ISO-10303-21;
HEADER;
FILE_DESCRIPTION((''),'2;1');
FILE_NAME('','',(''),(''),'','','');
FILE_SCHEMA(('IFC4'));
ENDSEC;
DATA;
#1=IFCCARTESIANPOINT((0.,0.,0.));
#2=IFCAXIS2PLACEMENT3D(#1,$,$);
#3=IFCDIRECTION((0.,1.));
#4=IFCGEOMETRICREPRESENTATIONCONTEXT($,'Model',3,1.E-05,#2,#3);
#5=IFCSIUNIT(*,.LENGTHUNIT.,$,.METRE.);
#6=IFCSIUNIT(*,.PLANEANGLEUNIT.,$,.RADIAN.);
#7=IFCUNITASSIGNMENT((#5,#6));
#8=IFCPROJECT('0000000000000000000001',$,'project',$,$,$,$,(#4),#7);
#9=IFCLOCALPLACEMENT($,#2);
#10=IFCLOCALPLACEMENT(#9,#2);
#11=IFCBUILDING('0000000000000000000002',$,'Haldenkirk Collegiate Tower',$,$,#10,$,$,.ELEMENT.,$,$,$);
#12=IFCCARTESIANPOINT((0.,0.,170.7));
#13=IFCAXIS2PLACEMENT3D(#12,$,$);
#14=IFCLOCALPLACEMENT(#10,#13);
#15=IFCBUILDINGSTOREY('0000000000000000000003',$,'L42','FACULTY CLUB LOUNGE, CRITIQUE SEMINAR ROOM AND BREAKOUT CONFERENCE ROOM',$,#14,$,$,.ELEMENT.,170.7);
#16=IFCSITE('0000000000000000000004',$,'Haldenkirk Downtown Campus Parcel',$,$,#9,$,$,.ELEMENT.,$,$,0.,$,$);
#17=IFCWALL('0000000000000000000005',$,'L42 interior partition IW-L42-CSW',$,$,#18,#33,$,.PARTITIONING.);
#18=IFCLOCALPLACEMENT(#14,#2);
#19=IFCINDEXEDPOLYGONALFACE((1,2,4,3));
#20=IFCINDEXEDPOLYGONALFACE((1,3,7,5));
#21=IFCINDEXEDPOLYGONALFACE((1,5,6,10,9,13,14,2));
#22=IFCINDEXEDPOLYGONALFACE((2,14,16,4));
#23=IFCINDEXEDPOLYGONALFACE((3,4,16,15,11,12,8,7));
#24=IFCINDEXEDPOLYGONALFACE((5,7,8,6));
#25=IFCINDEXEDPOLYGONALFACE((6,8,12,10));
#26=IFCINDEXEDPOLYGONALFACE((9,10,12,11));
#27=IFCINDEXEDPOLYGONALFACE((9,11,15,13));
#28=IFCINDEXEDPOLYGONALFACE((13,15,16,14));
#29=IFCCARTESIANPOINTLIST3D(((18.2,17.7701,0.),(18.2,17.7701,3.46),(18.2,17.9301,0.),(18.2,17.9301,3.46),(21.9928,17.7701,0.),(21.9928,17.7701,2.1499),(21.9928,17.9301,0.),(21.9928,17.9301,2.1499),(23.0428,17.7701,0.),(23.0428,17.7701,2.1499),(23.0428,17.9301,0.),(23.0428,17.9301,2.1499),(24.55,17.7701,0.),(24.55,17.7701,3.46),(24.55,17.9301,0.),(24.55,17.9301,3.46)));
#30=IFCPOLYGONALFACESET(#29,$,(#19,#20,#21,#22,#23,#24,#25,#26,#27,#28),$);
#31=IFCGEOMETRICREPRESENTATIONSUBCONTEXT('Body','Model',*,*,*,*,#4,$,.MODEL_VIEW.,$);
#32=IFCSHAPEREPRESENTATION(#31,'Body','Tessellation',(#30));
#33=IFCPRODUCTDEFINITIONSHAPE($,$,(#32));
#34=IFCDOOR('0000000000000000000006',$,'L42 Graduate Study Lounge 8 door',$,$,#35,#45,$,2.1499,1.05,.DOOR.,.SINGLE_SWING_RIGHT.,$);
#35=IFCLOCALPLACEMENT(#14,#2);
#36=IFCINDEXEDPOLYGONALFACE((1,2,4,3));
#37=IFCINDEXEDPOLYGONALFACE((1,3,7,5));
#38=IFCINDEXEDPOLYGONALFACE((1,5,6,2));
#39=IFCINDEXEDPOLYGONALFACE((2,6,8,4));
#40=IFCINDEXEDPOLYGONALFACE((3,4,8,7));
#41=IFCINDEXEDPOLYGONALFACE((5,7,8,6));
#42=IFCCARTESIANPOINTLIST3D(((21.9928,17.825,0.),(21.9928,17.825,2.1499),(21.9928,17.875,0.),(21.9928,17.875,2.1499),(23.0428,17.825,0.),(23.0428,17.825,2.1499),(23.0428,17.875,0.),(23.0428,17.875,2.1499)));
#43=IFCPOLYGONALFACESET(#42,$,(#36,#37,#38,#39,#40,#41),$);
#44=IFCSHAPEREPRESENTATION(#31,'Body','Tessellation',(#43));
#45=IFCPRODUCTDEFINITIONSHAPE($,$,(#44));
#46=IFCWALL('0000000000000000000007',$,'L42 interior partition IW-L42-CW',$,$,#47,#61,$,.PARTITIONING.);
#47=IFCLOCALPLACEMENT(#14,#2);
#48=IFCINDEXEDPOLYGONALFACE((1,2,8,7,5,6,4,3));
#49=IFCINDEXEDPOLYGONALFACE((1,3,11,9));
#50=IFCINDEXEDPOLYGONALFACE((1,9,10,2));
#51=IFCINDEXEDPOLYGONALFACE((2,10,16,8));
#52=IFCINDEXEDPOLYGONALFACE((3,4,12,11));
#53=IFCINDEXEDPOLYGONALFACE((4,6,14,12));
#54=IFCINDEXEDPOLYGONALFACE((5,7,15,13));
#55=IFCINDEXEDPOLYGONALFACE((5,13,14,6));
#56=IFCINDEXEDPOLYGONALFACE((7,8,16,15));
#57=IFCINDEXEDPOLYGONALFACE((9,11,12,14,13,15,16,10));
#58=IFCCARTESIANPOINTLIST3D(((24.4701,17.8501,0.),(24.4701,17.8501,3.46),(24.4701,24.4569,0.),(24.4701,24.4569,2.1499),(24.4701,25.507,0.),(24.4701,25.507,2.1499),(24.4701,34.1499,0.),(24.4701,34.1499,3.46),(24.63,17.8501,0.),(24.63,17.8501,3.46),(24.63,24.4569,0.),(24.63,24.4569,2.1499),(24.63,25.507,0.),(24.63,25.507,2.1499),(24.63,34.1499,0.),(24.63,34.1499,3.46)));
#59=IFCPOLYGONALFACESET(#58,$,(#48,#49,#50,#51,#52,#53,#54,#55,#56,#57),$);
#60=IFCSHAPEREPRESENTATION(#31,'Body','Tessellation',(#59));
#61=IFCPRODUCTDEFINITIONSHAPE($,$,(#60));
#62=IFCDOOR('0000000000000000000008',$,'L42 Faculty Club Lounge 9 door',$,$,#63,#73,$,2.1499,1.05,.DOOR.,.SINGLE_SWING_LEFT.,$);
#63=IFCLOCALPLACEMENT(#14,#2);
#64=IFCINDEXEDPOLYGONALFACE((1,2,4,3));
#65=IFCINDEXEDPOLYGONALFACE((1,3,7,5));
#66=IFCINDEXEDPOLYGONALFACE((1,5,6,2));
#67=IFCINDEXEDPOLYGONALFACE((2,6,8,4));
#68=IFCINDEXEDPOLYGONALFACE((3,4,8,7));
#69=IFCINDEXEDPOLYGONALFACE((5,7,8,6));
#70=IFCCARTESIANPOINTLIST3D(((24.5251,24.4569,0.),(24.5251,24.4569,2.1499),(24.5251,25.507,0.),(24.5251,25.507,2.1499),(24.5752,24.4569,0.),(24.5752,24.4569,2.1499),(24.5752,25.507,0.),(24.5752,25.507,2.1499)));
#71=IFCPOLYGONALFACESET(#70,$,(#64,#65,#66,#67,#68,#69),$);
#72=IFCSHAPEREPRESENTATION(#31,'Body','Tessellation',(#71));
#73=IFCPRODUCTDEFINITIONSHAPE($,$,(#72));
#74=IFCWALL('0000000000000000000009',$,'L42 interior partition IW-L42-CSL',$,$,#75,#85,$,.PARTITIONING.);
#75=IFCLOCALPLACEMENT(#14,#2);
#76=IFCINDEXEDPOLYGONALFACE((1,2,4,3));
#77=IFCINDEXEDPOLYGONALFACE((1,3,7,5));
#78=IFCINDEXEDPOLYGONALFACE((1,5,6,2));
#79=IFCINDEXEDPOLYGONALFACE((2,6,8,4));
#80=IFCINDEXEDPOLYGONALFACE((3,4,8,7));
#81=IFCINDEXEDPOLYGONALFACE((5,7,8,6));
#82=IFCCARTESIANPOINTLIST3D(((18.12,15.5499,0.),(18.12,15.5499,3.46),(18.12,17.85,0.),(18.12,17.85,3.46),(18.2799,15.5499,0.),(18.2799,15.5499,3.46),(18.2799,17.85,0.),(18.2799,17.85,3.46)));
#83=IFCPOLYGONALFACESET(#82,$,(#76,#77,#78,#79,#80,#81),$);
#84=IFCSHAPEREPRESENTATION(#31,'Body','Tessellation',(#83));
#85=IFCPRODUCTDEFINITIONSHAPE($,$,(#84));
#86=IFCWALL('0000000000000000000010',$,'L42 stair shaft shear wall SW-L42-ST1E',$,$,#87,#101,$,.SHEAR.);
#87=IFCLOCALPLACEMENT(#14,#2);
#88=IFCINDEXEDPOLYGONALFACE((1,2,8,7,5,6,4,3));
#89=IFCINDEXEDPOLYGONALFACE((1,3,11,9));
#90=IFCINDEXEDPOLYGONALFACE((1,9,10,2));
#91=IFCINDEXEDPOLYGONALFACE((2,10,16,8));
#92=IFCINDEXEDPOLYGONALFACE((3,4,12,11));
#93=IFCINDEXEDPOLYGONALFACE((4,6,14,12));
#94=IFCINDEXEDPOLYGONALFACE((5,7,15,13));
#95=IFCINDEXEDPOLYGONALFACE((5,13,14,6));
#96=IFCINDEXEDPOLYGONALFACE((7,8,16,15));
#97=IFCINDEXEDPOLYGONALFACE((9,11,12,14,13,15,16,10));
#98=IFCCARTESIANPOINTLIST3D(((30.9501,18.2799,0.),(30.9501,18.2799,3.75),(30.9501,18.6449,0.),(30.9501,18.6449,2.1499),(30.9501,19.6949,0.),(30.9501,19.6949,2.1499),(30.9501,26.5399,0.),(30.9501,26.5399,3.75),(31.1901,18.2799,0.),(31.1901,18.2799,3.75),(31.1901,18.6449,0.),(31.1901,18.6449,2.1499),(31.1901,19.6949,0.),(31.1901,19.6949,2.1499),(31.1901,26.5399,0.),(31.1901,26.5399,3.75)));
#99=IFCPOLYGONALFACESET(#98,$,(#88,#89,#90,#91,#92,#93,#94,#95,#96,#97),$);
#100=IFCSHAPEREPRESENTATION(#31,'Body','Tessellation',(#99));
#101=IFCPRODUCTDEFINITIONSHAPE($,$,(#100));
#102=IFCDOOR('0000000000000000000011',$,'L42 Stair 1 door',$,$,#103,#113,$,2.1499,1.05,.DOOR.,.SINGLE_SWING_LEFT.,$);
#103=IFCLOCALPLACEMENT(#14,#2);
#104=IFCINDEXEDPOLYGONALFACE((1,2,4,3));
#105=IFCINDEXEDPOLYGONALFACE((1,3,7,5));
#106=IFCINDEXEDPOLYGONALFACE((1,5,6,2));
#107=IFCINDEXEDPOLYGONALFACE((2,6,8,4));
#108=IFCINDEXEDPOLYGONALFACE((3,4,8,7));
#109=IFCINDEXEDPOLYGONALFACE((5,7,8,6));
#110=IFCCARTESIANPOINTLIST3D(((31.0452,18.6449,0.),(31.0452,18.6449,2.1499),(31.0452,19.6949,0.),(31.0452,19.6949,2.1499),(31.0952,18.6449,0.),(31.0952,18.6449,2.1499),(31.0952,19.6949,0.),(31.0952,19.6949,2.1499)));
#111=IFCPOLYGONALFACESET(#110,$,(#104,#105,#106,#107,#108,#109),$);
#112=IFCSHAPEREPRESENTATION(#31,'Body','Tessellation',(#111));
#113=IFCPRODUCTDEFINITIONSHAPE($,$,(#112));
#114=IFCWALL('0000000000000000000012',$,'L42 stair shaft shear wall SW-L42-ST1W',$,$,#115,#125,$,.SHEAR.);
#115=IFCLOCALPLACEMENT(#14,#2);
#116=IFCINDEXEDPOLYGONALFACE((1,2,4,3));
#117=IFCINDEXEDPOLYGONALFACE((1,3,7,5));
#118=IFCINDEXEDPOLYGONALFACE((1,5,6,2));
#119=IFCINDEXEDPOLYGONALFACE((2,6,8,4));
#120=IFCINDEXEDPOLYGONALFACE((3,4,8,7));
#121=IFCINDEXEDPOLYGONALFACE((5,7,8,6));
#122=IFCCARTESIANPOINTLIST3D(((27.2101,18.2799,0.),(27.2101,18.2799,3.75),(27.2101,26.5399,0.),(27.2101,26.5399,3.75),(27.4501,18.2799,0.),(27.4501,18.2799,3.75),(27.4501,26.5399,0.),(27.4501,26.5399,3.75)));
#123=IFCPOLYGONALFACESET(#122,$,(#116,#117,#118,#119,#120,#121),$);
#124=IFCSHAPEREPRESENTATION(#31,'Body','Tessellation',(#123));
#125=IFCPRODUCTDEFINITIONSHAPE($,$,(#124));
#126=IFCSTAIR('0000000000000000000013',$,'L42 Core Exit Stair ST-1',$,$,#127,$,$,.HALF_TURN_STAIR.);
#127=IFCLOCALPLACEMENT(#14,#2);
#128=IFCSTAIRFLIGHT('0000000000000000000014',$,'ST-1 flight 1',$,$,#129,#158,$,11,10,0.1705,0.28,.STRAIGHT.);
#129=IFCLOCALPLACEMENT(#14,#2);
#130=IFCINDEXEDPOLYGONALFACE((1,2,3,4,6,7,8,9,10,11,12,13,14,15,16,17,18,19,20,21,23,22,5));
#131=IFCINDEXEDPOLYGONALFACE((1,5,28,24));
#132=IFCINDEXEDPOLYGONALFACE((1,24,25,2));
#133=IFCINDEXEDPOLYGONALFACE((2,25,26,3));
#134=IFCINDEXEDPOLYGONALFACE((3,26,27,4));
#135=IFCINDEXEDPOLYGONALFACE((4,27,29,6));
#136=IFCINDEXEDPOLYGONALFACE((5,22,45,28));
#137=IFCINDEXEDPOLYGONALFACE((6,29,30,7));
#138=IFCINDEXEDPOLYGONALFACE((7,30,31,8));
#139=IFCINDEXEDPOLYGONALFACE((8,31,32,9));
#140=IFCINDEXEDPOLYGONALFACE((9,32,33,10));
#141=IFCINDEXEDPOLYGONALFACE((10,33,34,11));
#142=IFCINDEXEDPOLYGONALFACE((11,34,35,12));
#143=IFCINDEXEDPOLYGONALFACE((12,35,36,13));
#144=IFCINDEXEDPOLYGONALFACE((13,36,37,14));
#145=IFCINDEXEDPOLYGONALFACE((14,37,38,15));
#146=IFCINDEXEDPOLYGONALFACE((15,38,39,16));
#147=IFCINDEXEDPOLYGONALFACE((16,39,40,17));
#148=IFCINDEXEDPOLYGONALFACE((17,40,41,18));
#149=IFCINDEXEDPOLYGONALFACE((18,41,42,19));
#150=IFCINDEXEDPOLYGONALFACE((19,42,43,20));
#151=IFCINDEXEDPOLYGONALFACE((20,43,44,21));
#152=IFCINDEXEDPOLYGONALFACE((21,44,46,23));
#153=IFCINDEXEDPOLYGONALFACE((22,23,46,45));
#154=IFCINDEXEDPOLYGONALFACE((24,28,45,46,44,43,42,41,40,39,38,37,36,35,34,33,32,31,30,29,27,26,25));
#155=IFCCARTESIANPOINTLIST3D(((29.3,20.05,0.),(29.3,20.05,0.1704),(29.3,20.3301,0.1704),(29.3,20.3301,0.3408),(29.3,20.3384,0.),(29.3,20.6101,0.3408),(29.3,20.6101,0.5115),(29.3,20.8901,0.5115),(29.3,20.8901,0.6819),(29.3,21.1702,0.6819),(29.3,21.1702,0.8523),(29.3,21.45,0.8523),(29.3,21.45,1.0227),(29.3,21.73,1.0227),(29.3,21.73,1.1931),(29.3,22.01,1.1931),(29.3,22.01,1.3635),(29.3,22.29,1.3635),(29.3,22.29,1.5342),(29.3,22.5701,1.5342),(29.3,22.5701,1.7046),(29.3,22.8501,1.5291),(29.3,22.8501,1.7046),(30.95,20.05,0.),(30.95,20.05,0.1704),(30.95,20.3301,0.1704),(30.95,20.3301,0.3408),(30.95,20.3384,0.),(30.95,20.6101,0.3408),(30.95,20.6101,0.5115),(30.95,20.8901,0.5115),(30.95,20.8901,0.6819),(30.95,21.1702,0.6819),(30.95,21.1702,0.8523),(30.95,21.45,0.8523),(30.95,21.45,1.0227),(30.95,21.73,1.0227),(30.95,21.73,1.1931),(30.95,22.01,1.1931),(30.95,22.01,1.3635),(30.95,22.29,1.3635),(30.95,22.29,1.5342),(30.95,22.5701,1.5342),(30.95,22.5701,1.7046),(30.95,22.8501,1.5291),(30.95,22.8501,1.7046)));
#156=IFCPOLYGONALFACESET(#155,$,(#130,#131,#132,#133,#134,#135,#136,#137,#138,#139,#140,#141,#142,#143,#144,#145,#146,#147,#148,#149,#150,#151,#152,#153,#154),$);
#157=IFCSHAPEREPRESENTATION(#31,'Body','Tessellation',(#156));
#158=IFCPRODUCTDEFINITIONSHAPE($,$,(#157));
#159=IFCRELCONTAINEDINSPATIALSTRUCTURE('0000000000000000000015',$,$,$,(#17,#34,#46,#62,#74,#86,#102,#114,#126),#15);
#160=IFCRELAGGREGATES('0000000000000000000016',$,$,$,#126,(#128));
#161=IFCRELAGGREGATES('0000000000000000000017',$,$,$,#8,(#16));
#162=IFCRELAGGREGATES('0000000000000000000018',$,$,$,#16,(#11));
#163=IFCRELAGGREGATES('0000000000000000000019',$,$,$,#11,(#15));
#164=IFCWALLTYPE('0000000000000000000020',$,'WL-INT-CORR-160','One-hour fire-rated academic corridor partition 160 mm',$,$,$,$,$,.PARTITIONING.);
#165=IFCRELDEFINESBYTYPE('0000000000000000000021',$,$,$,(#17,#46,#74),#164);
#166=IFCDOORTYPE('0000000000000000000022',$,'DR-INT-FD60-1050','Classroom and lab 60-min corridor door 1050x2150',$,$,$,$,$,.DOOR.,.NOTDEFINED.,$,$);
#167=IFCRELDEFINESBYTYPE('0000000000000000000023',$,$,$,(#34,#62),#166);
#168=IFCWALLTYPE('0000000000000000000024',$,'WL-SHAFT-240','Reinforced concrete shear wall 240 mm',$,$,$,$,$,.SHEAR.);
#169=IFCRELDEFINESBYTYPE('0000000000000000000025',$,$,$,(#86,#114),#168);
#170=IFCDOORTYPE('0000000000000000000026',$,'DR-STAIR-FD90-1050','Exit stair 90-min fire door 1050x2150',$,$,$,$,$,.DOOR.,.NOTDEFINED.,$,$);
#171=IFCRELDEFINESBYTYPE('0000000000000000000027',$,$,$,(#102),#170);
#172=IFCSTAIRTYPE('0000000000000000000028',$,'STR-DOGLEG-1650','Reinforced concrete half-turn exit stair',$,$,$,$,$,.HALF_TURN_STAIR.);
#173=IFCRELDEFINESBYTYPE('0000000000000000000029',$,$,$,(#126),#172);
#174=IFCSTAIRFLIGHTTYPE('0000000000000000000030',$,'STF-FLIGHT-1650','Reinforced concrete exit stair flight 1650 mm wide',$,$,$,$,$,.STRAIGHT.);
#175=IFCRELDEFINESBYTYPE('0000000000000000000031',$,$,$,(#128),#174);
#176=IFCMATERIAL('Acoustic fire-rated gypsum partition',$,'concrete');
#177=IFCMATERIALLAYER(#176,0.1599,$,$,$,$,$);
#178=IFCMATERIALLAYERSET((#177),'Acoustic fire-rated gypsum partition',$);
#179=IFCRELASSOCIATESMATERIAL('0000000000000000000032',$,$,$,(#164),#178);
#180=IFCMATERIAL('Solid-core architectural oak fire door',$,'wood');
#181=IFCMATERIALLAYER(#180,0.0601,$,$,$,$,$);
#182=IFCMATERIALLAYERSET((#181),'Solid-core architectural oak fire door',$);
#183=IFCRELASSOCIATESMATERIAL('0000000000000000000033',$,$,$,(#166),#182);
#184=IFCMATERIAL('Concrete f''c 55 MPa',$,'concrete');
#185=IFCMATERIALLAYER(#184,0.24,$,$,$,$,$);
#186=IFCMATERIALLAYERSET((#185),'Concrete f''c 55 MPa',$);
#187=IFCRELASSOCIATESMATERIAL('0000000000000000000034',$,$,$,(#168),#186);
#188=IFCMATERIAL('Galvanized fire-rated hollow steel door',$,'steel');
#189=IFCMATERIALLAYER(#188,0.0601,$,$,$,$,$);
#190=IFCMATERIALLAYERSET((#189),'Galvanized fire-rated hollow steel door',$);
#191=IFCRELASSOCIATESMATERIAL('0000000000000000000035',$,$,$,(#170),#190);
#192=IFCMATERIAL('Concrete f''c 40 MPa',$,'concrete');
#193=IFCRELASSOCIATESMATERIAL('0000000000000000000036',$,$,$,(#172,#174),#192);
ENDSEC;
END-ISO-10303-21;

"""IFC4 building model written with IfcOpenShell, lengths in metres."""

from ifc_helpers import new_model, si_unit, direction, frame, frame_2d, origin, place, context, subcontext, project, spatial, polyline, rectangle, outline, extrude, material, layer, layer_set, type_object, element, fill, aggregate, save


model = new_model("IFC4")

# Units and contexts
model_context = context("Model", 3, precision=1e-05, world=origin(), true_north=direction((0.0, 1.0)))
body_context = subcontext(model_context, "Body", "Model", "MODEL_VIEW")
ifc_project = project(units=[si_unit("LENGTHUNIT", "METRE"), si_unit("PLANEANGLEUNIT", "RADIAN")], contexts=[model_context])

# Site, building, storey
site_placement = place(None, origin())
site = spatial("IfcSite", under=ifc_project, at=site_placement, Name="Haldenkirk Downtown Campus Parcel", CompositionType="ELEMENT", RefElevation=0.0)
building_placement = place(site_placement, origin())
building = spatial("IfcBuilding", under=site, at=building_placement, Name="Haldenkirk Collegiate Tower", CompositionType="ELEMENT")
storey_placement = place(building_placement, frame((0.0, 0.0, 170.7)))
storey = spatial("IfcBuildingStorey", under=building, at=storey_placement, Name="L42", Description="FACULTY CLUB LOUNGE, CRITIQUE SEMINAR ROOM AND BREAKOUT CONFERENCE ROOM", CompositionType="ELEMENT", Elevation=170.7)

# Shared definitions
ifc_material_1 = material(Name="Concrete f'c 55 MPa", Category="concrete")
ifc_material_2 = material(Name="Galvanized fire-rated hollow steel door", Category="steel")

# Walls, openings, doors
ifc_material_3 = material(Name="Acoustic fire-rated gypsum partition", Category="concrete")
ifc_layer_1 = layer(ifc_material_3, 0.1599)
ifc_layer_set_1 = layer_set([ifc_layer_1], Name="Acoustic fire-rated gypsum partition")
wall_type_1 = type_object("IfcWallType", Name="WL-INT-CORR-160", Description="One-hour fire-rated academic corridor partition 160 mm", PredefinedType="PARTITIONING", material=ifc_layer_set_1)
wall_1_placement = place(storey_placement, frame((18.2, 17.8501, 0.0), z_axis=(0.0, 0.0, 1.0), x_axis=(1.0, 0.0, 0.0)))
wall_1 = element("IfcWall", 1, at=wall_1_placement, inside=storey, type_object=wall_type_1, Name="L42 interior partition IW-L42-CSW", PredefinedType="PARTITIONING", context=body_context, shape_type="SweptSolid", body=[
    extrude(rectangle(XDim=6.3501, YDim=0.1599, at=frame_2d((3.175, 0.0))), origin(), (0.0, 0.0, 1.0), 3.46),
])
opening_1_placement = place(wall_1_placement, frame((3.793, 0.0, 0.0)))
opening_1 = element("IfcOpeningElement", 2, at=opening_1_placement, cuts=wall_1, PredefinedType="OPENING", context=body_context, shape_type="SweptSolid", body=[
    extrude(rectangle(XDim=1.05, YDim=2.1499, at=frame_2d((0.5249, 1.075))), frame((0.0, 0.0898, 0.0), z_axis=(0.0, -1.0, 0.0), x_axis=(1.0, 0.0, 0.0)), (0.0, 0.0, 1.0), 0.1799),
])
ifc_material_4 = material(Name="Solid-core architectural oak fire door", Category="wood")
ifc_layer_2 = layer(ifc_material_4, 0.0601)
ifc_layer_set_2 = layer_set([ifc_layer_2], Name="Solid-core architectural oak fire door")
door_type_1 = type_object("IfcDoorType", Name="DR-INT-FD60-1050", Description="Classroom and lab 60-min corridor door 1050x2150", OperationType="NOTDEFINED", PredefinedType="DOOR", material=ifc_layer_set_2)
door_1_placement = place(opening_1_placement, origin())
door_1 = element("IfcDoor", 3, at=door_1_placement, inside=storey, type_object=door_type_1, Name="L42 Graduate Study Lounge 8 door", OperationType="SINGLE_SWING_RIGHT", OverallHeight=2.1499, OverallWidth=1.05, PredefinedType="DOOR", context=body_context, shape_type="SweptSolid", body=[
    extrude(rectangle(XDim=1.05, YDim=2.1499, at=frame_2d((0.5249, 1.075))), frame((0.0, 0.0249, 0.0), z_axis=(0.0, -1.0, 0.0), x_axis=(1.0, 0.0, 0.0)), (0.0, 0.0, 1.0), 0.05),
])
fill(opening_1, door_1)
wall_2_placement = place(storey_placement, frame((24.55, 17.8501, 0.0), z_axis=(0.0, 0.0, 1.0), x_axis=(0.0, 1.0, 0.0)))
wall_2 = element("IfcWall", 4, at=wall_2_placement, inside=storey, type_object=wall_type_1, Name="L42 interior partition IW-L42-CW", PredefinedType="PARTITIONING", context=body_context, shape_type="SweptSolid", body=[
    extrude(rectangle(XDim=16.2998, YDim=0.1599, at=frame_2d((8.1499, 0.0))), origin(), (0.0, 0.0, 1.0), 3.46),
])
opening_2_placement = place(wall_2_placement, frame((6.6069, 0.0, 0.0)))
opening_2 = element("IfcOpeningElement", 5, at=opening_2_placement, cuts=wall_2, PredefinedType="OPENING", context=body_context, shape_type="SweptSolid", body=[
    extrude(rectangle(XDim=1.05, YDim=2.1499, at=frame_2d((0.5249, 1.075))), frame((0.0, 0.0898, 0.0), z_axis=(0.0, -1.0, 0.0), x_axis=(1.0, 0.0, 0.0)), (0.0, 0.0, 1.0), 0.1799),
])
door_2_placement = place(opening_2_placement, origin())
door_2 = element("IfcDoor", 6, at=door_2_placement, inside=storey, type_object=door_type_1, Name="L42 Faculty Club Lounge 9 door", OperationType="SINGLE_SWING_LEFT", OverallHeight=2.1499, OverallWidth=1.05, PredefinedType="DOOR", context=body_context, shape_type="SweptSolid", body=[
    extrude(rectangle(XDim=1.05, YDim=2.1499, at=frame_2d((0.5249, 1.075))), frame((0.0, 0.0249, 0.0), z_axis=(0.0, -1.0, 0.0), x_axis=(1.0, 0.0, 0.0)), (0.0, 0.0, 1.0), 0.05),
])
fill(opening_2, door_2)

# Wall
wall_3_placement = place(storey_placement, frame((18.2, 15.55, 0.0), z_axis=(0.0, 0.0, 1.0), x_axis=(0.0, 1.0, 0.0)))
element("IfcWall", 7, at=wall_3_placement, inside=storey, type_object=wall_type_1, Name="L42 interior partition IW-L42-CSL", PredefinedType="PARTITIONING", context=body_context, shape_type="SweptSolid", body=[
    extrude(rectangle(XDim=2.3, YDim=0.1599, at=frame_2d((1.1499, 0.0))), origin(), (0.0, 0.0, 1.0), 3.46),
])

# Wall, opening, door
ifc_layer_3 = layer(ifc_material_1, 0.24)
ifc_layer_set_3 = layer_set([ifc_layer_3], Name="Concrete f'c 55 MPa")
wall_type_2 = type_object("IfcWallType", Name="WL-SHAFT-240", Description="Reinforced concrete shear wall 240 mm", PredefinedType="SHEAR", material=ifc_layer_set_3)
wall_4_placement = place(storey_placement, frame((31.0701, 18.28, 0.0), z_axis=(0.0, 0.0, 1.0), x_axis=(0.0, 1.0, 0.0)))
wall_4 = element("IfcWall", 8, at=wall_4_placement, inside=storey, type_object=wall_type_2, Name="L42 stair shaft shear wall SW-L42-ST1E", PredefinedType="SHEAR", context=body_context, shape_type="SweptSolid", body=[
    extrude(rectangle(XDim=8.26, YDim=0.24, at=frame_2d((4.1299, 0.0))), origin(), (0.0, 0.0, 1.0), 3.75),
])
opening_3_placement = place(wall_4_placement, frame((0.365, 0.0, 0.0)))
opening_3 = element("IfcOpeningElement", 9, at=opening_3_placement, cuts=wall_4, PredefinedType="OPENING", context=body_context, shape_type="SweptSolid", body=[
    extrude(rectangle(XDim=1.05, YDim=2.1499, at=frame_2d((0.5249, 1.075))), frame((0.0, 0.1299, 0.0), z_axis=(0.0, -1.0, 0.0), x_axis=(1.0, 0.0, 0.0)), (0.0, 0.0, 1.0), 0.26),
])
ifc_layer_4 = layer(ifc_material_2, 0.0601)
ifc_layer_set_4 = layer_set([ifc_layer_4], Name="Galvanized fire-rated hollow steel door")
door_type_2 = type_object("IfcDoorType", Name="DR-STAIR-FD90-1050", Description="Exit stair 90-min fire door 1050x2150", OperationType="NOTDEFINED", PredefinedType="DOOR", material=ifc_layer_set_4)
door_3_placement = place(opening_3_placement, origin())
door_3 = element("IfcDoor", 10, at=door_3_placement, inside=storey, type_object=door_type_2, Name="L42 Stair 1 door", OperationType="SINGLE_SWING_LEFT", OverallHeight=2.1499, OverallWidth=1.05, PredefinedType="DOOR", context=body_context, shape_type="SweptSolid", body=[
    extrude(rectangle(XDim=1.05, YDim=2.1499, at=frame_2d((0.5249, 1.075))), frame((0.0, 0.0249, 0.0), z_axis=(0.0, -1.0, 0.0), x_axis=(1.0, 0.0, 0.0)), (0.0, 0.0, 1.0), 0.05),
])
fill(opening_3, door_3)

# Wall
wall_5_placement = place(storey_placement, frame((27.3301, 18.28, 0.0), z_axis=(0.0, 0.0, 1.0), x_axis=(0.0, 1.0, 0.0)))
element("IfcWall", 11, at=wall_5_placement, inside=storey, type_object=wall_type_2, Name="L42 stair shaft shear wall SW-L42-ST1W", PredefinedType="SHEAR", context=body_context, shape_type="SweptSolid", body=[
    extrude(rectangle(XDim=8.26, YDim=0.24, at=frame_2d((4.1299, 0.0))), origin(), (0.0, 0.0, 1.0), 3.75),
])

# Stair, stair flight
ifc_material_5 = material(Name="Concrete f'c 40 MPa", Category="concrete")
stair_type = type_object("IfcStairType", Name="STR-DOGLEG-1650", Description="Reinforced concrete half-turn exit stair", PredefinedType="HALF_TURN_STAIR", material=ifc_material_5)
stair_placement = place(storey_placement, origin())
stair = element("IfcStair", 12, at=stair_placement, inside=storey, type_object=stair_type, Name="L42 Core Exit Stair ST-1", PredefinedType="HALF_TURN_STAIR")
stair_flight_type = type_object("IfcStairFlightType", Name="STF-FLIGHT-1650", Description="Reinforced concrete exit stair flight 1650 mm wide", PredefinedType="STRAIGHT", material=ifc_material_5)
stair_flight_placement = place(storey_placement, frame((30.125, 20.05, 0.0), z_axis=(0.0, 0.0, 1.0), x_axis=(0.0, 1.0, 0.0)))
stair_flight = element("IfcStairFlight", 13, at=stair_flight_placement, type_object=stair_flight_type, Name="ST-1 flight 1", NumberOfRisers=11, NumberOfTreads=10, PredefinedType="STRAIGHT", RiserHeight=0.1705, TreadLength=0.28, context=body_context, shape_type="SweptSolid", body=[
    extrude(outline(polyline([(0.0, 0.0), (0.0, 0.1704), (0.28, 0.1704), (0.28, 0.3408), (0.5601, 0.3408), (0.5601, 0.5115), (0.8401, 0.5115), (0.8401, 0.6819), (1.1201, 0.6819), (1.1201, 0.8523), (1.3999, 0.8523), (1.3999, 1.0227), (1.6799, 1.0227), (1.6799, 1.1931), (1.96, 1.1931), (1.96, 1.3635), (2.24, 1.3635), (2.24, 1.5342), (2.52, 1.5342), (2.52, 1.7046), (2.8, 1.7046), (2.8, 1.875), (2.8, 1.5291), (0.2883, 0.0), (0.0, 0.0)])), frame((0.0, 0.825, 0.0), z_axis=(0.0, -1.0, 0.0), x_axis=(1.0, 0.0, 0.0)), (0.0, 0.0, 1.0), 1.6499),
])
aggregate(stair, [stair_flight])

save(model, "model.ifc")
